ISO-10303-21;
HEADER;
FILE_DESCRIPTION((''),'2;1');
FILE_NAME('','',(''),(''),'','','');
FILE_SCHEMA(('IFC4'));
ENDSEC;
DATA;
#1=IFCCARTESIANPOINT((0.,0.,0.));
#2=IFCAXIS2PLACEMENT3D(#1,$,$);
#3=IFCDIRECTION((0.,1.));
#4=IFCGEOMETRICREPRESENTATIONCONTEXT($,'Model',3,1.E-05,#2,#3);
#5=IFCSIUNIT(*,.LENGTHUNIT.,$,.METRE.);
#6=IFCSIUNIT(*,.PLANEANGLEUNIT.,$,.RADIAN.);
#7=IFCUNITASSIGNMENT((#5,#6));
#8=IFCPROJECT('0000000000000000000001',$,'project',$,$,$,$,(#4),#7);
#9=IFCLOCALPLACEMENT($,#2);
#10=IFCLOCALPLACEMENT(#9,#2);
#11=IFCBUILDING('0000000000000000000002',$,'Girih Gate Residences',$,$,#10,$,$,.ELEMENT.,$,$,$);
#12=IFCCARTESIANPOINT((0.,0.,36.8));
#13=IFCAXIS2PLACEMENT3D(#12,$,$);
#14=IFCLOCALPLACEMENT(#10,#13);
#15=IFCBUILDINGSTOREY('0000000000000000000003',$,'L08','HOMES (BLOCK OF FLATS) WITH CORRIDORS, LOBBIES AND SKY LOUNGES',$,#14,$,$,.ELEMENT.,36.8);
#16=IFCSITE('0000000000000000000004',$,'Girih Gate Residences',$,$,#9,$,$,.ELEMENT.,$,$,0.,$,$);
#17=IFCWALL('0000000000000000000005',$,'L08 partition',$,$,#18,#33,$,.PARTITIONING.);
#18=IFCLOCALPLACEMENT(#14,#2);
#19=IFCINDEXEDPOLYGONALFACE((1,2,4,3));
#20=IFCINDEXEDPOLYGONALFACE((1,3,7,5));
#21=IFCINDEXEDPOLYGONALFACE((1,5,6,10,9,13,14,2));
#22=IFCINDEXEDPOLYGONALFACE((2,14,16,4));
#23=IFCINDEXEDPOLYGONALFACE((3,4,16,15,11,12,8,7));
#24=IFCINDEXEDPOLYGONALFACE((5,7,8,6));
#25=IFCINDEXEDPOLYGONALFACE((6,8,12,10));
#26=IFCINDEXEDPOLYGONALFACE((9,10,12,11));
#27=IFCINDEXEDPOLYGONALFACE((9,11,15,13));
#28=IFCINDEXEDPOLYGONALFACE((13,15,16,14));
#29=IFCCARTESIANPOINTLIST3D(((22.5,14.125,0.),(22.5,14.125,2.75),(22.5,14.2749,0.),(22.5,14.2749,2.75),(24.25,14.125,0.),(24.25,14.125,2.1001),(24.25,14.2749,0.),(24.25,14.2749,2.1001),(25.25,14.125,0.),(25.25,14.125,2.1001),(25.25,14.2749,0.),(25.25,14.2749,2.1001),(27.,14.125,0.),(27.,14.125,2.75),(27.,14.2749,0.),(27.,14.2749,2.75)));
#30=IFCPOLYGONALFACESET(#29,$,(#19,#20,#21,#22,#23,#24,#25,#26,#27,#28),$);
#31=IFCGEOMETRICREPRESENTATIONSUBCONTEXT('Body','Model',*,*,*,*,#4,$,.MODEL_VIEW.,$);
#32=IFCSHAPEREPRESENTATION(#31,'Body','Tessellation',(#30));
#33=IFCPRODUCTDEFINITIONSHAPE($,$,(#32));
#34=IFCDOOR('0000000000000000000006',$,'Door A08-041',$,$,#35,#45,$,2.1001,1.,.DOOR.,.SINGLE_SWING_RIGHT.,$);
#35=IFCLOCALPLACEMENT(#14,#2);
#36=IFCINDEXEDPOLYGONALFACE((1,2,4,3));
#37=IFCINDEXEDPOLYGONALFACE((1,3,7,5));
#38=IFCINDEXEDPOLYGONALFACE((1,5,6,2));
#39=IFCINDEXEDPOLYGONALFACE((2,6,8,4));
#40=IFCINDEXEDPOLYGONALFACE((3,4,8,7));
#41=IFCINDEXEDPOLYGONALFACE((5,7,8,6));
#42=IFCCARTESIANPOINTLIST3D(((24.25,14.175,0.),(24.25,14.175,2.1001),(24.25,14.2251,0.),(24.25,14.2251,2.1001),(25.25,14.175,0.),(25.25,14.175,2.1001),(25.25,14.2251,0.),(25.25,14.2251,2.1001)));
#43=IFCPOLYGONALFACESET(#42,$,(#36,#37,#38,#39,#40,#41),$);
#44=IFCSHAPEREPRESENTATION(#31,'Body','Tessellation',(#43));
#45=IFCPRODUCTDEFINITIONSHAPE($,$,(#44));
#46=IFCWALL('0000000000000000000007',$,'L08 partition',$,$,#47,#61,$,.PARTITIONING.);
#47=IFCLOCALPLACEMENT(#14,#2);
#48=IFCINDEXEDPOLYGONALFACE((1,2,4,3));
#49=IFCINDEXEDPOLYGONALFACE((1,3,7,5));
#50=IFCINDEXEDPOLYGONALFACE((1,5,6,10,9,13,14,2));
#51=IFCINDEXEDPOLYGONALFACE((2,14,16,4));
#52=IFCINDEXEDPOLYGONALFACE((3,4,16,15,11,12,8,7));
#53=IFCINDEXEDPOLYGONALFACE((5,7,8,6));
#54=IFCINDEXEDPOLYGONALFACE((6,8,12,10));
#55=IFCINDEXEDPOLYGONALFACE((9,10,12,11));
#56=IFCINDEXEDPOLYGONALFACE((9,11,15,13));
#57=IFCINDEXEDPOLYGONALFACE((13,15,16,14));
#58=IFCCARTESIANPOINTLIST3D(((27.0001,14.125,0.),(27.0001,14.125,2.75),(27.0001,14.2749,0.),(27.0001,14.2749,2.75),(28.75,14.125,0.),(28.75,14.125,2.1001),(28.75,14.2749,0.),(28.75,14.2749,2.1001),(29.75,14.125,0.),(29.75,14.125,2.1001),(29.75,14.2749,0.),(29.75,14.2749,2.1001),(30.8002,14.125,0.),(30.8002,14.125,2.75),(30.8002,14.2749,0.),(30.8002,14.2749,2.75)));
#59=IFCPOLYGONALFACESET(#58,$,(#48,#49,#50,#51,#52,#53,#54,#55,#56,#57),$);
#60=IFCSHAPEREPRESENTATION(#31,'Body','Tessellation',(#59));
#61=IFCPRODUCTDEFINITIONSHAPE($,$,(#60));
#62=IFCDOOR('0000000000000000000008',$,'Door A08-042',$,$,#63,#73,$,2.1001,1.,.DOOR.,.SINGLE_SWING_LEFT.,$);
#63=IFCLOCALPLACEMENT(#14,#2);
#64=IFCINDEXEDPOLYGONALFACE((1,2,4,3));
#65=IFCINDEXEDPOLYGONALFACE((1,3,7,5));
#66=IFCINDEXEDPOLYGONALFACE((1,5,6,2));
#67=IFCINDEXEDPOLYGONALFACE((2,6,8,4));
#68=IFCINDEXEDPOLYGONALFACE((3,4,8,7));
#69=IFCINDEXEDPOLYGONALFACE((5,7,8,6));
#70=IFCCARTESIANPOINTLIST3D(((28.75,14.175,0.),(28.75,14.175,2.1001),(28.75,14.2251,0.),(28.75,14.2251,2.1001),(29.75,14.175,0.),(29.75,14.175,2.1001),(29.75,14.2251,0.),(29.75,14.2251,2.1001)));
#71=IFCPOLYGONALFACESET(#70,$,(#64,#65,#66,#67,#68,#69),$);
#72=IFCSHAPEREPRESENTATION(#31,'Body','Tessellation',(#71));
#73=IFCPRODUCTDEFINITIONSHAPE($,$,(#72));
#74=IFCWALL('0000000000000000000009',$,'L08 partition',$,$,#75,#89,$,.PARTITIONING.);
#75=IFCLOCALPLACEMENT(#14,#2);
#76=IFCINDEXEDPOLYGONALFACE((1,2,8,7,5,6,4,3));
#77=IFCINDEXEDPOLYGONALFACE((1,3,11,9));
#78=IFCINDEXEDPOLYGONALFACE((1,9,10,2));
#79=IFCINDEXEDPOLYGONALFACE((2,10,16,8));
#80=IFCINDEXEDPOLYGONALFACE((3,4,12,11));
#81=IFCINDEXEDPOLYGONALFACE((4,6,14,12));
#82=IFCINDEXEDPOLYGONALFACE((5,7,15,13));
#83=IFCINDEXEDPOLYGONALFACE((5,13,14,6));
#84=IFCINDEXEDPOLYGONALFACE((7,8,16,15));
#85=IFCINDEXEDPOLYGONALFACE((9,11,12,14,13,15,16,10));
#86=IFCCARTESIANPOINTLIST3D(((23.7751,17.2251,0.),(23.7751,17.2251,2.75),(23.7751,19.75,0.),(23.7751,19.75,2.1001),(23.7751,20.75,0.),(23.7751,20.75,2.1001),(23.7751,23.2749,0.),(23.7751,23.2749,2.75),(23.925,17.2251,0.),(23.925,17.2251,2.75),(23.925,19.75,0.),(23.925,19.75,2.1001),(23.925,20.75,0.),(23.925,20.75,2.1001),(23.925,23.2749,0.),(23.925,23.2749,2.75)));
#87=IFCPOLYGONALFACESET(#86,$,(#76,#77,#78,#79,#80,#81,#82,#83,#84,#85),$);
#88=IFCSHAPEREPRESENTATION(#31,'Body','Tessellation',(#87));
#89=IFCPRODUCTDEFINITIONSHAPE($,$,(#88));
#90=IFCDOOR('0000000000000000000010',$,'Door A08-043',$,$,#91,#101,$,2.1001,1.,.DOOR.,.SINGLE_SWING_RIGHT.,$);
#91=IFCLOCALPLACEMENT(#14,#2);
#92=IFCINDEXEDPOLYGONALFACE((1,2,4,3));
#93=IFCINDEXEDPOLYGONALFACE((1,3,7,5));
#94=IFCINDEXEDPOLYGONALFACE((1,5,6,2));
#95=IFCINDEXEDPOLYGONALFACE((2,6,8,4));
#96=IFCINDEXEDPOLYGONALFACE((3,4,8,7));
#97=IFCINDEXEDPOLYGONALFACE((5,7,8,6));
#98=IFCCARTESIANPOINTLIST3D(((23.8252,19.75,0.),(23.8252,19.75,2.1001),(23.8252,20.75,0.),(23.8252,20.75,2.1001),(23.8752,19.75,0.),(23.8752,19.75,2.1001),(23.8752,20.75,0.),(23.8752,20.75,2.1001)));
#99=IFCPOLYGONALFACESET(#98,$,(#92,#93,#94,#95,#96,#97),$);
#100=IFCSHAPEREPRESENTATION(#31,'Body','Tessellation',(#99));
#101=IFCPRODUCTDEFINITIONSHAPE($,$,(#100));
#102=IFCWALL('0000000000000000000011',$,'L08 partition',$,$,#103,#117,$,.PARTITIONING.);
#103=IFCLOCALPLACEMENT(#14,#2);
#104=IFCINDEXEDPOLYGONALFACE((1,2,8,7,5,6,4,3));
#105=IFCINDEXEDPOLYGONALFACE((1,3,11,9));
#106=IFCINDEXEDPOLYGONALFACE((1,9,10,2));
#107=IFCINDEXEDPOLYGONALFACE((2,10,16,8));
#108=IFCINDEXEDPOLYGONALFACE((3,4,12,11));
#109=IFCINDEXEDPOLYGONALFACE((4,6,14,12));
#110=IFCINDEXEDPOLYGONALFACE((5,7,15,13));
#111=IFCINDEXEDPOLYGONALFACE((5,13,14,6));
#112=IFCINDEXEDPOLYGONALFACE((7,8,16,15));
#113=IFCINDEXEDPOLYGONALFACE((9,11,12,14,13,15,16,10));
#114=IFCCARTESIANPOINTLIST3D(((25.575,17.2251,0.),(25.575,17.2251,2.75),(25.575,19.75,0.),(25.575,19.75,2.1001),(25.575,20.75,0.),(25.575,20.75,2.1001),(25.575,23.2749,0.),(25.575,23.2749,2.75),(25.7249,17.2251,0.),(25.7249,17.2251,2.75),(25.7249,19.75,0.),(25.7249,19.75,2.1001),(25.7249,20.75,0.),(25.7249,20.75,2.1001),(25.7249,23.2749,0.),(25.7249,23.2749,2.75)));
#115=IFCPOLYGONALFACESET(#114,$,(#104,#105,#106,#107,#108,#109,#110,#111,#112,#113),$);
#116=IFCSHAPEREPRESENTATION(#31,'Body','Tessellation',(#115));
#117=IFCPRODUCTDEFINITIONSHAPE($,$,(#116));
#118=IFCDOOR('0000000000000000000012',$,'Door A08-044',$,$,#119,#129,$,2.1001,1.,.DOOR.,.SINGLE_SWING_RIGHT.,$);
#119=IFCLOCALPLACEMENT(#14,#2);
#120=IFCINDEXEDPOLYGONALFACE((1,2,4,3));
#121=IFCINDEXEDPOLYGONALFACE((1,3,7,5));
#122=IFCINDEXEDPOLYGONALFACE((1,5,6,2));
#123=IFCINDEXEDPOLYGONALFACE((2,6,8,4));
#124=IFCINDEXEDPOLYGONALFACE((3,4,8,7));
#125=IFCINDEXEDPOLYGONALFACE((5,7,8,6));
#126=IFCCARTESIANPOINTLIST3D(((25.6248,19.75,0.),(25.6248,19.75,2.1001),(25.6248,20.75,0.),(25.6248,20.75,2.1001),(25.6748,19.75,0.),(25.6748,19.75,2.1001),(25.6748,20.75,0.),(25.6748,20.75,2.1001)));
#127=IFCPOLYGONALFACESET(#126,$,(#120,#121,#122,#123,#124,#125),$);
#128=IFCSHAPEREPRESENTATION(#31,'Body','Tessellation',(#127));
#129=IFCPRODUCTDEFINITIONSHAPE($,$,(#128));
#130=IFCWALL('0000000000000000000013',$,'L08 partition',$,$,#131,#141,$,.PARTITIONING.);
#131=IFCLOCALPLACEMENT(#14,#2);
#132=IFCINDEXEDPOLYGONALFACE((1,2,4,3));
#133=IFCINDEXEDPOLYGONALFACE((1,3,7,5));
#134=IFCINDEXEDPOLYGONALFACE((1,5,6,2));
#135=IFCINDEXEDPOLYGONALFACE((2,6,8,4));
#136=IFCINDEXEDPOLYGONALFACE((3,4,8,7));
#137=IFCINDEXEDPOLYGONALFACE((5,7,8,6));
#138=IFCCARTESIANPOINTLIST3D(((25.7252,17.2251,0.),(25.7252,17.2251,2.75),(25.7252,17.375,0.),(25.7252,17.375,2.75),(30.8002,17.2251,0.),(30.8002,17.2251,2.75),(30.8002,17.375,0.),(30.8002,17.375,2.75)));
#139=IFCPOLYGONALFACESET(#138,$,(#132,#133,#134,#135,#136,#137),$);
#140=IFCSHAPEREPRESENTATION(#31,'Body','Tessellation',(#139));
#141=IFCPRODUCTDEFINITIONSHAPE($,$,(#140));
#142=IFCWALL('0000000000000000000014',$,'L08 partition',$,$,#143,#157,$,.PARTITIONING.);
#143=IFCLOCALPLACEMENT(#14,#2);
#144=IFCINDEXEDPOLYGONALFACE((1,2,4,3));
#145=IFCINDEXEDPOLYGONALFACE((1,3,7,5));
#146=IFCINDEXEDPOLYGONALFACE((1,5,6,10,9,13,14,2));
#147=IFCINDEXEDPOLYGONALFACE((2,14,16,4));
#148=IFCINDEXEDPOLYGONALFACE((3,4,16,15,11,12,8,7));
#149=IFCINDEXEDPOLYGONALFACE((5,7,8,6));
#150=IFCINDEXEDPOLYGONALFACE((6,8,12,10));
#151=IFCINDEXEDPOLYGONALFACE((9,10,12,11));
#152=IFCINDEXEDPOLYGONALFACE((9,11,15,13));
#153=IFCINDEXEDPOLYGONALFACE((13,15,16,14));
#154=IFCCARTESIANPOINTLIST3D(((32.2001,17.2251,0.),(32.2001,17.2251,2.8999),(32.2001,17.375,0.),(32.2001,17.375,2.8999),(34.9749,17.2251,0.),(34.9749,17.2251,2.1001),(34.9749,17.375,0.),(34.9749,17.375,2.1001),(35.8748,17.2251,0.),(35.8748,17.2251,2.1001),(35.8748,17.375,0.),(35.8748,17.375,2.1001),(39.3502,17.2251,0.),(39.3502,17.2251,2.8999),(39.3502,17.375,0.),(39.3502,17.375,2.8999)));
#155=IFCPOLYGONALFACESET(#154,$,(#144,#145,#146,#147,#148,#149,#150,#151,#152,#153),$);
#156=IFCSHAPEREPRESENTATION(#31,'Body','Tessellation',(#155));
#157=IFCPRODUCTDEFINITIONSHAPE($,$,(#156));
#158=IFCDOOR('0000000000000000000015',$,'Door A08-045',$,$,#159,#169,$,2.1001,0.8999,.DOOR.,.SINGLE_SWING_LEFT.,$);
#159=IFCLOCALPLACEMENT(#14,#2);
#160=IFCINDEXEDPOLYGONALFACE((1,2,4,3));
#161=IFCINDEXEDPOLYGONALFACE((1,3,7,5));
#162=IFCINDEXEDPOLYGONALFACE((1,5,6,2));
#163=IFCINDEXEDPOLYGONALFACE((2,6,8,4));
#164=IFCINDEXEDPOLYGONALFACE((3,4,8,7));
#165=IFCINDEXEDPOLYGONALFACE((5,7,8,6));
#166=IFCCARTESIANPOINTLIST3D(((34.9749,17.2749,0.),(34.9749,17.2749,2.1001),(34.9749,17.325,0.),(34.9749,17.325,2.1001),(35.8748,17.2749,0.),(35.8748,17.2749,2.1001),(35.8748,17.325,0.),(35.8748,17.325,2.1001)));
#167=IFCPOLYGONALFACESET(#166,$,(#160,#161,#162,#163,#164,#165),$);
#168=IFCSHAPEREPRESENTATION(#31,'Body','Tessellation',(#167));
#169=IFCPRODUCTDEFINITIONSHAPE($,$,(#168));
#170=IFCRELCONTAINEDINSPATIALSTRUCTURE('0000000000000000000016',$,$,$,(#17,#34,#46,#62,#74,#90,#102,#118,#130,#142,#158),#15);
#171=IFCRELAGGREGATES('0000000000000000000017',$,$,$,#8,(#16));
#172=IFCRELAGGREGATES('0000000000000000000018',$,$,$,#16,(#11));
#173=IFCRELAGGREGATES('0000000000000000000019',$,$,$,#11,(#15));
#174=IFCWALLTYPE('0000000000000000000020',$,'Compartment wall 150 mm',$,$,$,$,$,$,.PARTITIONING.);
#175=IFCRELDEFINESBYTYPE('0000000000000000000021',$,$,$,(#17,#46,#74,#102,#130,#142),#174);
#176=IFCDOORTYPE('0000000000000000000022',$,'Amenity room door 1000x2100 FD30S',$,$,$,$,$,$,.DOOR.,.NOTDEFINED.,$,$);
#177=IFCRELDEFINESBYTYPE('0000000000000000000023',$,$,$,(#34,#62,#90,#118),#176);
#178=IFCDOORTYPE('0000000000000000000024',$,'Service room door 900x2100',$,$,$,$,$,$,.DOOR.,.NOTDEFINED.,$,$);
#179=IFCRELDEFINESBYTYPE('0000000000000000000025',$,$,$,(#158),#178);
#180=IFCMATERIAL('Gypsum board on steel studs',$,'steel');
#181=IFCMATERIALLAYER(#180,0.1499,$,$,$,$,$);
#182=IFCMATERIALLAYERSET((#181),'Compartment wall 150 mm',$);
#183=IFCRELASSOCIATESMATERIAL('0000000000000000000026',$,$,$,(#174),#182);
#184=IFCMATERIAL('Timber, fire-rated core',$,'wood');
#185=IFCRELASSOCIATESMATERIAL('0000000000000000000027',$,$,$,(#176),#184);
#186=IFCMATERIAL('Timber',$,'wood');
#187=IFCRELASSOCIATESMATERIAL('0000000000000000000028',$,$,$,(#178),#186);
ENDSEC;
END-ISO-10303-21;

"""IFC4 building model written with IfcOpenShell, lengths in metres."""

from ifc_helpers import new_model, si_unit, direction, frame, frame_2d, origin, place, context, subcontext, project, spatial, rectangle, extrude, material, layer, layer_set, type_object, element, fill, save


model = new_model("IFC4")

# Units and contexts
model_context = context("Model", 3, precision=1e-05, world=origin(), true_north=direction((0.0, 1.0)))
body_context = subcontext(model_context, "Body", "Model", "MODEL_VIEW")
ifc_project = project(units=[si_unit("LENGTHUNIT", "METRE"), si_unit("PLANEANGLEUNIT", "RADIAN")], contexts=[model_context])

# Site, building, storey
site_placement = place(None, origin())
site = spatial("IfcSite", under=ifc_project, at=site_placement, Name="Girih Gate Residences", CompositionType="ELEMENT", RefElevation=0.0)
building_placement = place(site_placement, origin())
building = spatial("IfcBuilding", under=site, at=building_placement, Name="Girih Gate Residences", CompositionType="ELEMENT")
storey_placement = place(building_placement, frame((0.0, 0.0, 36.8)))
storey = spatial("IfcBuildingStorey", under=building, at=storey_placement, Name="L08", Description="HOMES (BLOCK OF FLATS) WITH CORRIDORS, LOBBIES AND SKY LOUNGES", CompositionType="ELEMENT", Elevation=36.8)

# Shared definitions
ifc_material_1 = material(Name="Gypsum board on steel studs", Category="steel")
ifc_layer_1 = layer(ifc_material_1, 0.1499)
ifc_layer_set_1 = layer_set([ifc_layer_1], Name="Compartment wall 150 mm")
wall_type_1 = type_object("IfcWallType", Name="Compartment wall 150 mm", PredefinedType="PARTITIONING", material=ifc_layer_set_1)

# Walls, openings, doors
ifc_material_2 = material(Name="Timber, fire-rated core", Category="wood")
wall_1_placement = place(storey_placement, frame((27.0, 14.2, 0.0), z_axis=(0.0, 0.0, 1.0), x_axis=(-1.0, 0.0, 0.0)))
wall_1 = element("IfcWall", 1, at=wall_1_placement, inside=storey, type_object=wall_type_1, Name="L08 partition", PredefinedType="PARTITIONING", context=body_context, shape_type="SweptSolid", body=[
    extrude(rectangle(XDim=4.5, YDim=0.1499, at=frame_2d((2.25, 0.0))), origin(), (0.0, 0.0, 1.0), 2.75),
])
opening_1_placement = place(wall_1_placement, frame((1.75, 0.0, 0.0)))
opening_1 = element("IfcOpeningElement", 2, at=opening_1_placement, cuts=wall_1, PredefinedType="OPENING", context=body_context, shape_type="SweptSolid", body=[
    extrude(rectangle(XDim=1.0, YDim=2.1001, at=frame_2d((0.5, 1.05))), frame((0.0, 0.085, 0.0), z_axis=(0.0, -1.0, 0.0), x_axis=(1.0, 0.0, 0.0)), (0.0, 0.0, 1.0), 0.1699),
])
door_type_1 = type_object("IfcDoorType", Name="Amenity room door 1000x2100 FD30S", OperationType="NOTDEFINED", PredefinedType="DOOR", material=ifc_material_2)
door_1_placement = place(opening_1_placement, origin())
door_1 = element("IfcDoor", 3, at=door_1_placement, inside=storey, type_object=door_type_1, Name="Door A08-041", OperationType="SINGLE_SWING_RIGHT", OverallHeight=2.1001, OverallWidth=1.0, PredefinedType="DOOR", context=body_context, shape_type="SweptSolid", body=[
    extrude(rectangle(XDim=1.0, YDim=2.1001, at=frame_2d((0.5, 1.05))), frame((0.0, 0.0249, 0.0), z_axis=(0.0, -1.0, 0.0), x_axis=(1.0, 0.0, 0.0)), (0.0, 0.0, 1.0), 0.05),
])
fill(opening_1, door_1)
wall_2_placement = place(storey_placement, frame((30.8, 14.2, 0.0), z_axis=(0.0, 0.0, 1.0), x_axis=(-1.0, 0.0, 0.0)))
wall_2 = element("IfcWall", 4, at=wall_2_placement, inside=storey, type_object=wall_type_1, Name="L08 partition", PredefinedType="PARTITIONING", context=body_context, shape_type="SweptSolid", body=[
    extrude(rectangle(XDim=3.8, YDim=0.1499, at=frame_2d((1.8999, 0.0))), origin(), (0.0, 0.0, 1.0), 2.75),
])
opening_2_placement = place(wall_2_placement, frame((1.05, 0.0, 0.0)))
opening_2 = element("IfcOpeningElement", 5, at=opening_2_placement, cuts=wall_2, PredefinedType="OPENING", context=body_context, shape_type="SweptSolid", body=[
    extrude(rectangle(XDim=1.0, YDim=2.1001, at=frame_2d((0.5, 1.05))), frame((0.0, 0.085, 0.0), z_axis=(0.0, -1.0, 0.0), x_axis=(1.0, 0.0, 0.0)), (0.0, 0.0, 1.0), 0.1699),
])
door_2_placement = place(opening_2_placement, origin())
door_2 = element("IfcDoor", 6, at=door_2_placement, inside=storey, type_object=door_type_1, Name="Door A08-042", OperationType="SINGLE_SWING_LEFT", OverallHeight=2.1001, OverallWidth=1.0, PredefinedType="DOOR", context=body_context, shape_type="SweptSolid", body=[
    extrude(rectangle(XDim=1.0, YDim=2.1001, at=frame_2d((0.5, 1.05))), frame((0.0, 0.0249, 0.0), z_axis=(0.0, -1.0, 0.0), x_axis=(1.0, 0.0, 0.0)), (0.0, 0.0, 1.0), 0.05),
])
fill(opening_2, door_2)
wall_3_placement = place(storey_placement, frame((23.8501, 17.2251, 0.0), z_axis=(0.0, 0.0, 1.0), x_axis=(0.0, 1.0, 0.0)))
wall_3 = element("IfcWall", 7, at=wall_3_placement, inside=storey, type_object=wall_type_1, Name="L08 partition", PredefinedType="PARTITIONING", context=body_context, shape_type="SweptSolid", body=[
    extrude(rectangle(XDim=6.0498, YDim=0.1499, at=frame_2d((3.0249, 0.0))), origin(), (0.0, 0.0, 1.0), 2.75),
])
opening_3_placement = place(wall_3_placement, frame((2.5249, 0.0, 0.0)))
opening_3 = element("IfcOpeningElement", 8, at=opening_3_placement, cuts=wall_3, PredefinedType="OPENING", context=body_context, shape_type="SweptSolid", body=[
    extrude(rectangle(XDim=1.0, YDim=2.1001, at=frame_2d((0.5, 1.05))), frame((0.0, 0.085, 0.0), z_axis=(0.0, -1.0, 0.0), x_axis=(1.0, 0.0, 0.0)), (0.0, 0.0, 1.0), 0.1699),
])
door_3_placement = place(opening_3_placement, origin())
door_3 = element("IfcDoor", 9, at=door_3_placement, inside=storey, type_object=door_type_1, Name="Door A08-043", OperationType="SINGLE_SWING_RIGHT", OverallHeight=2.1001, OverallWidth=1.0, PredefinedType="DOOR", context=body_context, shape_type="SweptSolid", body=[
    extrude(rectangle(XDim=1.0, YDim=2.1001, at=frame_2d((0.5, 1.05))), frame((0.0, 0.0249, 0.0), z_axis=(0.0, -1.0, 0.0), x_axis=(1.0, 0.0, 0.0)), (0.0, 0.0, 1.0), 0.05),
])
fill(opening_3, door_3)
wall_4_placement = place(storey_placement, frame((25.6499, 23.2749, 0.0), z_axis=(0.0, 0.0, 1.0), x_axis=(0.0, -1.0, 0.0)))
wall_4 = element("IfcWall", 10, at=wall_4_placement, inside=storey, type_object=wall_type_1, Name="L08 partition", PredefinedType="PARTITIONING", context=body_context, shape_type="SweptSolid", body=[
    extrude(rectangle(XDim=6.0498, YDim=0.1499, at=frame_2d((3.0249, 0.0))), origin(), (0.0, 0.0, 1.0), 2.75),
])
opening_4_placement = place(wall_4_placement, frame((2.5249, 0.0, 0.0)))
opening_4 = element("IfcOpeningElement", 11, at=opening_4_placement, cuts=wall_4, PredefinedType="OPENING", context=body_context, shape_type="SweptSolid", body=[
    extrude(rectangle(XDim=1.0, YDim=2.1001, at=frame_2d((0.5, 1.05))), frame((0.0, 0.085, 0.0), z_axis=(0.0, -1.0, 0.0), x_axis=(1.0, 0.0, 0.0)), (0.0, 0.0, 1.0), 0.1699),
])
door_4_placement = place(opening_4_placement, origin())
door_4 = element("IfcDoor", 12, at=door_4_placement, inside=storey, type_object=door_type_1, Name="Door A08-044", OperationType="SINGLE_SWING_RIGHT", OverallHeight=2.1001, OverallWidth=1.0, PredefinedType="DOOR", context=body_context, shape_type="SweptSolid", body=[
    extrude(rectangle(XDim=1.0, YDim=2.1001, at=frame_2d((0.5, 1.05))), frame((0.0, 0.0249, 0.0), z_axis=(0.0, -1.0, 0.0), x_axis=(1.0, 0.0, 0.0)), (0.0, 0.0, 1.0), 0.05),
])
fill(opening_4, door_4)

# Wall
wall_5_placement = place(storey_placement, frame((25.7251, 17.3, 0.0), z_axis=(0.0, 0.0, 1.0), x_axis=(1.0, 0.0, 0.0)))
element("IfcWall", 13, at=wall_5_placement, inside=storey, type_object=wall_type_1, Name="L08 partition", PredefinedType="PARTITIONING", context=body_context, shape_type="SweptSolid", body=[
    extrude(rectangle(XDim=5.075, YDim=0.1499, at=frame_2d((2.5376, 0.0))), origin(), (0.0, 0.0, 1.0), 2.75),
])

# Wall, opening, door
wall_6_placement = place(storey_placement, frame((32.2, 17.3, 0.0), z_axis=(0.0, 0.0, 1.0), x_axis=(1.0, 0.0, 0.0)))
wall_6 = element("IfcWall", 14, at=wall_6_placement, inside=storey, type_object=wall_type_1, Name="L08 partition", PredefinedType="PARTITIONING", context=body_context, shape_type="SweptSolid", body=[
    extrude(rectangle(XDim=7.1501, YDim=0.1499, at=frame_2d((3.5752, 0.0))), origin(), (0.0, 0.0, 1.0), 2.8999),
])
opening_5_placement = place(wall_6_placement, frame((2.7749, 0.0, 0.0)))
opening_5 = element("IfcOpeningElement", 15, at=opening_5_placement, cuts=wall_6, PredefinedType="OPENING", context=body_context, shape_type="SweptSolid", body=[
    extrude(rectangle(XDim=0.8999, YDim=2.1001, at=frame_2d((0.45, 1.05))), frame((0.0, 0.085, 0.0), z_axis=(0.0, -1.0, 0.0), x_axis=(1.0, 0.0, 0.0)), (0.0, 0.0, 1.0), 0.1699),
])
ifc_material_3 = material(Name="Timber", Category="wood")
door_type_2 = type_object("IfcDoorType", Name="Service room door 900x2100", OperationType="NOTDEFINED", PredefinedType="DOOR", material=ifc_material_3)
door_5_placement = place(opening_5_placement, origin())
door_5 = element("IfcDoor", 16, at=door_5_placement, inside=storey, type_object=door_type_2, Name="Door A08-045", OperationType="SINGLE_SWING_LEFT", OverallHeight=2.1001, OverallWidth=0.8999, PredefinedType="DOOR", context=body_context, shape_type="SweptSolid", body=[
    extrude(rectangle(XDim=0.8999, YDim=2.1001, at=frame_2d((0.45, 1.05))), frame((0.0, 0.0249, 0.0), z_axis=(0.0, -1.0, 0.0), x_axis=(1.0, 0.0, 0.0)), (0.0, 0.0, 1.0), 0.05),
])
fill(opening_5, door_5)

save(model, "model.ifc")
